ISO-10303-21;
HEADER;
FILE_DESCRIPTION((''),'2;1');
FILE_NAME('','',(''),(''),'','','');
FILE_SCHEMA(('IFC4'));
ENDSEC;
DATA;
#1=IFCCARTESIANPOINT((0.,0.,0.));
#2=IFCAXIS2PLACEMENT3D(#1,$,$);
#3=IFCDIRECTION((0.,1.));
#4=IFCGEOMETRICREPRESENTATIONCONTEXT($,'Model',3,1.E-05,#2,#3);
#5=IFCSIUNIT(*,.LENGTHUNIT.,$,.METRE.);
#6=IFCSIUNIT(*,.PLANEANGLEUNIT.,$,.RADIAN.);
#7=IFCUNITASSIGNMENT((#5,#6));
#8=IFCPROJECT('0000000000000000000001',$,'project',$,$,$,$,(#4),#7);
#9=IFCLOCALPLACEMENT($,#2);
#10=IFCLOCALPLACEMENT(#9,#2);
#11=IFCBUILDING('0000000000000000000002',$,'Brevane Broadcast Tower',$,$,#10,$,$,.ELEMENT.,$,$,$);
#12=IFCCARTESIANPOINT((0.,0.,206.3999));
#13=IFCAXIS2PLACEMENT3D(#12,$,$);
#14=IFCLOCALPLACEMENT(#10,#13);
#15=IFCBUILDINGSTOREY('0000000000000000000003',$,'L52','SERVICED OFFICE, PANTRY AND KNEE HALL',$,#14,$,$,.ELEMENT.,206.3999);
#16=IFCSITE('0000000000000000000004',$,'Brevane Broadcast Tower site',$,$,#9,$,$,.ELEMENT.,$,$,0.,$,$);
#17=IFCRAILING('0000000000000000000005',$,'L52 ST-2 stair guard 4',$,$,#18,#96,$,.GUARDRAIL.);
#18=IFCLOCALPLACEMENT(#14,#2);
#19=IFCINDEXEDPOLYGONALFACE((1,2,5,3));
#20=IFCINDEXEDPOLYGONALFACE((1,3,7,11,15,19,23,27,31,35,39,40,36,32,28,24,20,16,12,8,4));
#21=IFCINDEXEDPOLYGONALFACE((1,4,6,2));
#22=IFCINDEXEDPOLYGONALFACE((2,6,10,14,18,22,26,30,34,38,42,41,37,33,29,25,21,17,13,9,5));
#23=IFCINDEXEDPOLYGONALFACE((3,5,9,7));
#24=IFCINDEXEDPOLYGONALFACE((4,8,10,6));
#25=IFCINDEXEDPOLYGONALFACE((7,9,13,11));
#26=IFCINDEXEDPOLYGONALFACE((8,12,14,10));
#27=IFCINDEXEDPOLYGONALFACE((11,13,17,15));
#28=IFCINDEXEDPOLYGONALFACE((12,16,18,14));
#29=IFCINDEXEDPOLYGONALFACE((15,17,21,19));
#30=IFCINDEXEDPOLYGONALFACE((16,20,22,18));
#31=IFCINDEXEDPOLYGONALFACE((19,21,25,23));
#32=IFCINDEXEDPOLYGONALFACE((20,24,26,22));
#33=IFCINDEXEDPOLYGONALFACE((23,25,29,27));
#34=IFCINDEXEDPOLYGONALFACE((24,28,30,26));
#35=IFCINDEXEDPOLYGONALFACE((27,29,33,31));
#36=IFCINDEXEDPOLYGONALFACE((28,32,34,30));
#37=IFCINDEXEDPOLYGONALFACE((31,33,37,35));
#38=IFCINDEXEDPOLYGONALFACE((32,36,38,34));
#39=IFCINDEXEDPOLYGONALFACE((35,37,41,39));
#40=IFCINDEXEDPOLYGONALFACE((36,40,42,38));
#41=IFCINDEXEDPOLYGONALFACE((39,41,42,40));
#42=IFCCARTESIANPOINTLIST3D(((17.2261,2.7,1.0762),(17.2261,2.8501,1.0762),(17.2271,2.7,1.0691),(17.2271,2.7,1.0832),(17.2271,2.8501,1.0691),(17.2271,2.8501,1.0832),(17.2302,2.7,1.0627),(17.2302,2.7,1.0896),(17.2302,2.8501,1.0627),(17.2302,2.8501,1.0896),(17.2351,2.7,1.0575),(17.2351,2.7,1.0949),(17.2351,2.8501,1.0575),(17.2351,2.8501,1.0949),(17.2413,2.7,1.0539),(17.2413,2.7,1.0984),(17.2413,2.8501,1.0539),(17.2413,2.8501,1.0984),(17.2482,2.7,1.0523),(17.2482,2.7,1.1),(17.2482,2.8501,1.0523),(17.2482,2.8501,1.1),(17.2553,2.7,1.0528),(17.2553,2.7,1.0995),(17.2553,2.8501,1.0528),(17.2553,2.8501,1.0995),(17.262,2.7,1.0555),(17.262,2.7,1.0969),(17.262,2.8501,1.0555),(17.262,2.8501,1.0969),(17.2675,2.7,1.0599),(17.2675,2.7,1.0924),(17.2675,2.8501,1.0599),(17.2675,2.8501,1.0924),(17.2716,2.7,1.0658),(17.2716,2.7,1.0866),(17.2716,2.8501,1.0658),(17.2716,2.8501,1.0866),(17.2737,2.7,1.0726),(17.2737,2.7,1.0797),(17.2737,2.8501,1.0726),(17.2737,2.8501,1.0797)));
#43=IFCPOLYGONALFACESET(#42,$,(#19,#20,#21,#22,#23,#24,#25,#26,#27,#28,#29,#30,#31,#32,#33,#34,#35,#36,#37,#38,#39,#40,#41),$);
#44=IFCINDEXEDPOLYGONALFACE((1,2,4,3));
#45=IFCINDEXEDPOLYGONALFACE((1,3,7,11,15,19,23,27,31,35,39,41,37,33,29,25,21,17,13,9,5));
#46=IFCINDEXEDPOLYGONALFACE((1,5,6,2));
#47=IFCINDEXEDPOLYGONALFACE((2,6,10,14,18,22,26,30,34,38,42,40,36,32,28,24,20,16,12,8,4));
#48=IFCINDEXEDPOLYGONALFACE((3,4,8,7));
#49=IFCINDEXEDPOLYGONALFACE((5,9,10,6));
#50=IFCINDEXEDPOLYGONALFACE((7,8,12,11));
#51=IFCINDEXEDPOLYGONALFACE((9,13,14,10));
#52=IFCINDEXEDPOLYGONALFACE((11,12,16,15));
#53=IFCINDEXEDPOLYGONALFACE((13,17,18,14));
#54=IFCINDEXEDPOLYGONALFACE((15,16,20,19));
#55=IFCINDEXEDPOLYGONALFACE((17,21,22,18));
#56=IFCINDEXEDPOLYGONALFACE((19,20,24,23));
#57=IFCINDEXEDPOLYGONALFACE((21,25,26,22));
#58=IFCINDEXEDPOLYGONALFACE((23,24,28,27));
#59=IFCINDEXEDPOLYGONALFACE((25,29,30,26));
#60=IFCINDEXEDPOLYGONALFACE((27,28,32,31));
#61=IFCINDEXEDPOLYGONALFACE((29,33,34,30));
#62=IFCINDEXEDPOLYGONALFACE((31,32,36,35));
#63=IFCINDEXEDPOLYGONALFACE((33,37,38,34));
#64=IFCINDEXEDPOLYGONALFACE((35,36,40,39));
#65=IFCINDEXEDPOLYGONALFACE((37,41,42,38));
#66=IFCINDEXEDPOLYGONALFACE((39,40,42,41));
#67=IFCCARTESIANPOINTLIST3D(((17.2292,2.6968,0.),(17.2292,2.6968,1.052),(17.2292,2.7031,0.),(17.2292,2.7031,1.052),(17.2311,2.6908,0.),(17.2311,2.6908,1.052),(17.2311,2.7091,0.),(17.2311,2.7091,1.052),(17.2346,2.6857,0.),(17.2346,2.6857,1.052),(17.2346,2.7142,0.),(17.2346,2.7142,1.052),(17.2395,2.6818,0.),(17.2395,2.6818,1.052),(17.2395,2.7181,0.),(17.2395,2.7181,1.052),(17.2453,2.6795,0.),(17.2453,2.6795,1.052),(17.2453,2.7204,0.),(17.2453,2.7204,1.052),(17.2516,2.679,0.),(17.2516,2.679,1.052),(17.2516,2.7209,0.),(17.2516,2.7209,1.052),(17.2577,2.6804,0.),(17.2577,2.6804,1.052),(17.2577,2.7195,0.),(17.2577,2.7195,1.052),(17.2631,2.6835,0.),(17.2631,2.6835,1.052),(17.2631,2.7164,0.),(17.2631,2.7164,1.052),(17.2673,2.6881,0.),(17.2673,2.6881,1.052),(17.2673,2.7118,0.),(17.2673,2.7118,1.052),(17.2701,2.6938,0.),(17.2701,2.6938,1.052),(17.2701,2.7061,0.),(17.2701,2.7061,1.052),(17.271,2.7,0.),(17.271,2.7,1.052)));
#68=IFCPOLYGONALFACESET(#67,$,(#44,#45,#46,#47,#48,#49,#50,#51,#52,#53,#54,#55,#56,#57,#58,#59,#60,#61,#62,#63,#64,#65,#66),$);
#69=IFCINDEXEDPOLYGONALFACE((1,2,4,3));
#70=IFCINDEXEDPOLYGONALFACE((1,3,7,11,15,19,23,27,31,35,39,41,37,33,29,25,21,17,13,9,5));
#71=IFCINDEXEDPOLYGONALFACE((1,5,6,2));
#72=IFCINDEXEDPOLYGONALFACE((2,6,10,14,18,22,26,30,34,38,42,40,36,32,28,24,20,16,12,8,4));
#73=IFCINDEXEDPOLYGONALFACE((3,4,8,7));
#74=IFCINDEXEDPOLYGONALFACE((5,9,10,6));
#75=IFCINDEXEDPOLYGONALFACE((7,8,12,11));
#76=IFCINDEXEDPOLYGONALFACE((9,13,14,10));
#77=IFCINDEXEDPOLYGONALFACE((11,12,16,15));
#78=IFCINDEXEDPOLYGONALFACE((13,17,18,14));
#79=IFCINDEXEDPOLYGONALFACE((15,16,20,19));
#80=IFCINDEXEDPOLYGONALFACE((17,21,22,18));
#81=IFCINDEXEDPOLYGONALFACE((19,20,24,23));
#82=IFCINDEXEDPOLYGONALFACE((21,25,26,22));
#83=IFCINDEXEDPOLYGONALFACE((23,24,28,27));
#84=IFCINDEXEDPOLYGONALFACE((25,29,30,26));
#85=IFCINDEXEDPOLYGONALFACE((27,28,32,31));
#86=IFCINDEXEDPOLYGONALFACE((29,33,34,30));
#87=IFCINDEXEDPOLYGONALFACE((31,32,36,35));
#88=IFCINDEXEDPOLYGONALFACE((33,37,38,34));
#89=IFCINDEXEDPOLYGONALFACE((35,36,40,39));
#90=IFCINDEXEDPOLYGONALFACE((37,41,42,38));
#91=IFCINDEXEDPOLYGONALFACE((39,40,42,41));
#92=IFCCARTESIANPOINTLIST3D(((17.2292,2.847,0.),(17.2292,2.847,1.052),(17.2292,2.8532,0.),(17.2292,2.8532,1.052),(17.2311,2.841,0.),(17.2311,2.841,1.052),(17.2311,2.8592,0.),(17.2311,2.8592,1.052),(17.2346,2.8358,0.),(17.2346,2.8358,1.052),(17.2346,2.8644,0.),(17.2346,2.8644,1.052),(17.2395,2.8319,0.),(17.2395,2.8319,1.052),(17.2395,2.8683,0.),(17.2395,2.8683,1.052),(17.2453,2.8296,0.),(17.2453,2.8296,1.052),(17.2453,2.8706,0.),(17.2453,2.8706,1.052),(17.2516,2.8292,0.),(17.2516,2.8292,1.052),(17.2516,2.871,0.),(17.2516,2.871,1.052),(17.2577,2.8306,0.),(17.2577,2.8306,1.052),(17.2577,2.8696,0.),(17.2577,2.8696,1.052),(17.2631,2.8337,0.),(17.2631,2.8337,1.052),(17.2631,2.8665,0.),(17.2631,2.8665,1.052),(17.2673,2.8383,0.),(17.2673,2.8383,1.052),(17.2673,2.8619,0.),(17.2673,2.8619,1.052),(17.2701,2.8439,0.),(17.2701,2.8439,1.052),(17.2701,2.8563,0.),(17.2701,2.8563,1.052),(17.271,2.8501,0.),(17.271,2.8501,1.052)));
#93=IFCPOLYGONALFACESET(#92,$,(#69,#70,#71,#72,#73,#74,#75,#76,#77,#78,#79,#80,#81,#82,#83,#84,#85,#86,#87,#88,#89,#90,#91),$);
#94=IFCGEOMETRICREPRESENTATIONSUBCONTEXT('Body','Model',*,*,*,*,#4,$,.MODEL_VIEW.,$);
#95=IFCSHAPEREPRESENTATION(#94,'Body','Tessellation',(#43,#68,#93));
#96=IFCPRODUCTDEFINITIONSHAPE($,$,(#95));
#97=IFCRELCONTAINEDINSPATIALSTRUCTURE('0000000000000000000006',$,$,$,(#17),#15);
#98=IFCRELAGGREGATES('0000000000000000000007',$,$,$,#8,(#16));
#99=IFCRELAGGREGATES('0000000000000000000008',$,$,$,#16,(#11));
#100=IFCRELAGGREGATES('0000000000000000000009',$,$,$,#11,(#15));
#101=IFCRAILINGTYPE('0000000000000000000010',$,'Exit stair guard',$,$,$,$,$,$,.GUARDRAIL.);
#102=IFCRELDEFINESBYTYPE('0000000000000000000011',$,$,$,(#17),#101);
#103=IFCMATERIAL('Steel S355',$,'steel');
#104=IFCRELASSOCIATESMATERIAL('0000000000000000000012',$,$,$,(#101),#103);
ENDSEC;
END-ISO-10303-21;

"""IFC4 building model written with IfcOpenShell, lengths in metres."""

from ifc_helpers import new_model, si_unit, direction, frame, origin, origin_2d, place, context, subcontext, project, spatial, circle, extrude, material, type_object, element, save


model = new_model("IFC4")

# Units and contexts
model_context = context("Model", 3, precision=1e-05, world=origin(), true_north=direction((0.0, 1.0)))
body_context = subcontext(model_context, "Body", "Model", "MODEL_VIEW")
ifc_project = project(units=[si_unit("LENGTHUNIT", "METRE"), si_unit("PLANEANGLEUNIT", "RADIAN")], contexts=[model_context])

# Site, building, storey
site_placement = place(None, origin())
site = spatial("IfcSite", under=ifc_project, at=site_placement, Name="Brevane Broadcast Tower site", CompositionType="ELEMENT", RefElevation=0.0)
building_placement = place(site_placement, origin())
building = spatial("IfcBuilding", under=site, at=building_placement, Name="Brevane Broadcast Tower", CompositionType="ELEMENT")
storey_placement = place(building_placement, frame((0.0, 0.0, 206.3999)))
storey = spatial("IfcBuildingStorey", under=building, at=storey_placement, Name="L52", Description="SERVICED OFFICE, PANTRY AND KNEE HALL", CompositionType="ELEMENT", Elevation=206.3999)

# Railing
ifc_material_1 = material(Name="Steel S355", Category="steel")
railing_type_1 = type_object("IfcRailingType", Name="Exit stair guard", PredefinedType="GUARDRAIL", material=ifc_material_1)
railing_1_placement = place(storey_placement, frame((17.25, 2.7, 0.0)))
element("IfcRailing", 1, at=railing_1_placement, inside=storey, type_object=railing_type_1, Name="L52 ST-2 stair guard 4", PredefinedType="GUARDRAIL", context=body_context, shape_type="SweptSolid", body=[
    extrude(circle(Radius=0.0239, at=origin_2d()), frame((0.0, 0.0, 1.0762), z_axis=(0.0, 1.0, 0.0), x_axis=(-1.0, 0.0, 0.0)), (0.0, 0.0, 1.0), 0.1501),
    extrude(circle(Radius=0.021, at=origin_2d()), origin(), (0.0, 0.0, 1.0), 1.052),
    extrude(circle(Radius=0.021, at=origin_2d()), frame((0.0, 0.1501, 0.0)), (0.0, 0.0, 1.0), 1.052),
])

save(model, "model.ifc")
